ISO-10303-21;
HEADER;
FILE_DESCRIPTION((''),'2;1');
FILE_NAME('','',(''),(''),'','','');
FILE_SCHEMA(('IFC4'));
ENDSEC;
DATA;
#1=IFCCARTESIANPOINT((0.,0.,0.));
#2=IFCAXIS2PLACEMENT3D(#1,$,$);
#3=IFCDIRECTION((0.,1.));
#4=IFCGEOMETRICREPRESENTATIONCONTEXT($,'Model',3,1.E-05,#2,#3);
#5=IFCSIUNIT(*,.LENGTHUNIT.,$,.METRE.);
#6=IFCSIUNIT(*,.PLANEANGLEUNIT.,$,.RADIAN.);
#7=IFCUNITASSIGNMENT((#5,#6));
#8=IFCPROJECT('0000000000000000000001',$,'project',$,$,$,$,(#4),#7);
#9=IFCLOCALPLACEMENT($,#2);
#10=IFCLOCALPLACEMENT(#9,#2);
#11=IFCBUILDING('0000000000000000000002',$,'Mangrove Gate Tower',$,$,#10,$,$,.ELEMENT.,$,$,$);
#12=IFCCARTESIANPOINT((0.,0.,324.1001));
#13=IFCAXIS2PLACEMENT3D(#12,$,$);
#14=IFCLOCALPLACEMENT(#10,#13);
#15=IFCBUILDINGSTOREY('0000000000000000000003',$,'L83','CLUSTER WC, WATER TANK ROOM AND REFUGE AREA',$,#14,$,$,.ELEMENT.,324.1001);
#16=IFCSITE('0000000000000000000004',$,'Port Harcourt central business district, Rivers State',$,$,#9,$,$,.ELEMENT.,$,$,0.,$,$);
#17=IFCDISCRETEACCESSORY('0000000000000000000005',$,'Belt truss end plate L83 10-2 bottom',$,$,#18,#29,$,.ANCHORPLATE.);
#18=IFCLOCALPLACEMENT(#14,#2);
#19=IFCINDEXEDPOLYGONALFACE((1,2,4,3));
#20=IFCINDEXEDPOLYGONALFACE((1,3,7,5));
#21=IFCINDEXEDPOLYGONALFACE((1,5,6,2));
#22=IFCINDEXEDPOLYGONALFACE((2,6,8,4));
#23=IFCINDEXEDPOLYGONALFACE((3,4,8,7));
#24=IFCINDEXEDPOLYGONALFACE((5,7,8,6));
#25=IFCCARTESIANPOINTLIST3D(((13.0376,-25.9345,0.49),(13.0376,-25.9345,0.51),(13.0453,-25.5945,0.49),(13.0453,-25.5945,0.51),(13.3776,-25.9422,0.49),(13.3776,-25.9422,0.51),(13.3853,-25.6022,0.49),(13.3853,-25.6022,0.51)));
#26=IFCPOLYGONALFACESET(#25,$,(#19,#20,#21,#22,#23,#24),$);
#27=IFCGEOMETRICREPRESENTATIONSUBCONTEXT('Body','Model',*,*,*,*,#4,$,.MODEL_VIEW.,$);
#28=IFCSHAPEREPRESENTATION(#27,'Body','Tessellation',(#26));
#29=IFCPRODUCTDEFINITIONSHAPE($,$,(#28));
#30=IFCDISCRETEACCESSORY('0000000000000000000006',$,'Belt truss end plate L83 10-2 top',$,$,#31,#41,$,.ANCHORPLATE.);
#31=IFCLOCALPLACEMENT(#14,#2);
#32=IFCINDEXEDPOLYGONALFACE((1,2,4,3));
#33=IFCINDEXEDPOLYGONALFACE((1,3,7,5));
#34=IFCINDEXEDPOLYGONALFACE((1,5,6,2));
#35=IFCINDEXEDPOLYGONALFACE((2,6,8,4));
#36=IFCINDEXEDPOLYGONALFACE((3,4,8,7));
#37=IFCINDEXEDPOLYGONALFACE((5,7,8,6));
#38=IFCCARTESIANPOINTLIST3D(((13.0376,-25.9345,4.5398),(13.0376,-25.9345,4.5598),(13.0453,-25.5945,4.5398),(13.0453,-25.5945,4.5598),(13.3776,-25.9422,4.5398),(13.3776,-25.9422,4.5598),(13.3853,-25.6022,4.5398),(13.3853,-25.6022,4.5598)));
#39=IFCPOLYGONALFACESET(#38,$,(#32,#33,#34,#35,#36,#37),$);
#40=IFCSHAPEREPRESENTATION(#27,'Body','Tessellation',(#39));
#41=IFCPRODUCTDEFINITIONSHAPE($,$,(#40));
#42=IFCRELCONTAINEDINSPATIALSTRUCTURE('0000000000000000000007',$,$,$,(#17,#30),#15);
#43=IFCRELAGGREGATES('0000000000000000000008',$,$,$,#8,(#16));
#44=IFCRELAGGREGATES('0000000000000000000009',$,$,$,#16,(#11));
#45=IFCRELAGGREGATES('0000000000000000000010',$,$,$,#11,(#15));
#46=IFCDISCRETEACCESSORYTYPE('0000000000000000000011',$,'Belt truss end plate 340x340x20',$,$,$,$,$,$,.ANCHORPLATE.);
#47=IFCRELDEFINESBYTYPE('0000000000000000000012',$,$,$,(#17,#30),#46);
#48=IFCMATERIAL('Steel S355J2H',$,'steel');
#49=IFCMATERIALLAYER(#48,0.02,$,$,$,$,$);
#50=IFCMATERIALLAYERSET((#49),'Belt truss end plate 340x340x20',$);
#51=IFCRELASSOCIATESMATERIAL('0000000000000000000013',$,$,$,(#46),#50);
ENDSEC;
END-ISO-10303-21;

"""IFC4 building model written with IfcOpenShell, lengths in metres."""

from ifc_helpers import new_model, si_unit, direction, frame, origin, origin_2d, place, context, subcontext, project, spatial, rectangle, extrude, material, layer, layer_set, type_object, element, save


model = new_model("IFC4")

# Units and contexts
model_context = context("Model", 3, precision=1e-05, world=origin(), true_north=direction((0.0, 1.0)))
body_context = subcontext(model_context, "Body", "Model", "MODEL_VIEW")
ifc_project = project(units=[si_unit("LENGTHUNIT", "METRE"), si_unit("PLANEANGLEUNIT", "RADIAN")], contexts=[model_context])

# Site, building, storey
site_placement = place(None, origin())
site = spatial("IfcSite", under=ifc_project, at=site_placement, Name="Port Harcourt central business district, Rivers State", CompositionType="ELEMENT", RefElevation=0.0)
building_placement = place(site_placement, origin())
building = spatial("IfcBuilding", under=site, at=building_placement, Name="Mangrove Gate Tower", CompositionType="ELEMENT")
storey_placement = place(building_placement, frame((0.0, 0.0, 324.1001)))
storey = spatial("IfcBuildingStorey", under=building, at=storey_placement, Name="L83", Description="CLUSTER WC, WATER TANK ROOM AND REFUGE AREA", CompositionType="ELEMENT", Elevation=324.1001)

# Discrete accessories
ifc_material_1 = material(Name="Steel S355J2H", Category="steel")
ifc_layer_1 = layer(ifc_material_1, 0.02)
ifc_layer_set_1 = layer_set([ifc_layer_1], Name="Belt truss end plate 340x340x20")
discrete_accessory_type = type_object("IfcDiscreteAccessoryType", Name="Belt truss end plate 340x340x20", PredefinedType="ANCHORPLATE", material=ifc_layer_set_1)
for number, where, z_axis, x_axis, name in (
    (1, (13.2114, -25.7683, 0.49), (0.0, 0.0, 1.0), (0.999743, -0.022654, 0.0), "Belt truss end plate L83 10-2 bottom"),
    (2, (13.2114, -25.7683, 4.5398), (0.0, 0.0, 1.0), (0.999743, -0.022654, 0.0), "Belt truss end plate L83 10-2 top"),
):
    element("IfcDiscreteAccessory", number, at=place(storey_placement, frame(where, z_axis=z_axis, x_axis=x_axis)), inside=storey, type_object=discrete_accessory_type, Name=name, PredefinedType="ANCHORPLATE", context=body_context, shape_type="SweptSolid", body=[
        extrude(rectangle(XDim=0.3401, YDim=0.3401, at=origin_2d()), origin(), (0.0, 0.0, 1.0), 0.02),
    ])

save(model, "model.ifc")
